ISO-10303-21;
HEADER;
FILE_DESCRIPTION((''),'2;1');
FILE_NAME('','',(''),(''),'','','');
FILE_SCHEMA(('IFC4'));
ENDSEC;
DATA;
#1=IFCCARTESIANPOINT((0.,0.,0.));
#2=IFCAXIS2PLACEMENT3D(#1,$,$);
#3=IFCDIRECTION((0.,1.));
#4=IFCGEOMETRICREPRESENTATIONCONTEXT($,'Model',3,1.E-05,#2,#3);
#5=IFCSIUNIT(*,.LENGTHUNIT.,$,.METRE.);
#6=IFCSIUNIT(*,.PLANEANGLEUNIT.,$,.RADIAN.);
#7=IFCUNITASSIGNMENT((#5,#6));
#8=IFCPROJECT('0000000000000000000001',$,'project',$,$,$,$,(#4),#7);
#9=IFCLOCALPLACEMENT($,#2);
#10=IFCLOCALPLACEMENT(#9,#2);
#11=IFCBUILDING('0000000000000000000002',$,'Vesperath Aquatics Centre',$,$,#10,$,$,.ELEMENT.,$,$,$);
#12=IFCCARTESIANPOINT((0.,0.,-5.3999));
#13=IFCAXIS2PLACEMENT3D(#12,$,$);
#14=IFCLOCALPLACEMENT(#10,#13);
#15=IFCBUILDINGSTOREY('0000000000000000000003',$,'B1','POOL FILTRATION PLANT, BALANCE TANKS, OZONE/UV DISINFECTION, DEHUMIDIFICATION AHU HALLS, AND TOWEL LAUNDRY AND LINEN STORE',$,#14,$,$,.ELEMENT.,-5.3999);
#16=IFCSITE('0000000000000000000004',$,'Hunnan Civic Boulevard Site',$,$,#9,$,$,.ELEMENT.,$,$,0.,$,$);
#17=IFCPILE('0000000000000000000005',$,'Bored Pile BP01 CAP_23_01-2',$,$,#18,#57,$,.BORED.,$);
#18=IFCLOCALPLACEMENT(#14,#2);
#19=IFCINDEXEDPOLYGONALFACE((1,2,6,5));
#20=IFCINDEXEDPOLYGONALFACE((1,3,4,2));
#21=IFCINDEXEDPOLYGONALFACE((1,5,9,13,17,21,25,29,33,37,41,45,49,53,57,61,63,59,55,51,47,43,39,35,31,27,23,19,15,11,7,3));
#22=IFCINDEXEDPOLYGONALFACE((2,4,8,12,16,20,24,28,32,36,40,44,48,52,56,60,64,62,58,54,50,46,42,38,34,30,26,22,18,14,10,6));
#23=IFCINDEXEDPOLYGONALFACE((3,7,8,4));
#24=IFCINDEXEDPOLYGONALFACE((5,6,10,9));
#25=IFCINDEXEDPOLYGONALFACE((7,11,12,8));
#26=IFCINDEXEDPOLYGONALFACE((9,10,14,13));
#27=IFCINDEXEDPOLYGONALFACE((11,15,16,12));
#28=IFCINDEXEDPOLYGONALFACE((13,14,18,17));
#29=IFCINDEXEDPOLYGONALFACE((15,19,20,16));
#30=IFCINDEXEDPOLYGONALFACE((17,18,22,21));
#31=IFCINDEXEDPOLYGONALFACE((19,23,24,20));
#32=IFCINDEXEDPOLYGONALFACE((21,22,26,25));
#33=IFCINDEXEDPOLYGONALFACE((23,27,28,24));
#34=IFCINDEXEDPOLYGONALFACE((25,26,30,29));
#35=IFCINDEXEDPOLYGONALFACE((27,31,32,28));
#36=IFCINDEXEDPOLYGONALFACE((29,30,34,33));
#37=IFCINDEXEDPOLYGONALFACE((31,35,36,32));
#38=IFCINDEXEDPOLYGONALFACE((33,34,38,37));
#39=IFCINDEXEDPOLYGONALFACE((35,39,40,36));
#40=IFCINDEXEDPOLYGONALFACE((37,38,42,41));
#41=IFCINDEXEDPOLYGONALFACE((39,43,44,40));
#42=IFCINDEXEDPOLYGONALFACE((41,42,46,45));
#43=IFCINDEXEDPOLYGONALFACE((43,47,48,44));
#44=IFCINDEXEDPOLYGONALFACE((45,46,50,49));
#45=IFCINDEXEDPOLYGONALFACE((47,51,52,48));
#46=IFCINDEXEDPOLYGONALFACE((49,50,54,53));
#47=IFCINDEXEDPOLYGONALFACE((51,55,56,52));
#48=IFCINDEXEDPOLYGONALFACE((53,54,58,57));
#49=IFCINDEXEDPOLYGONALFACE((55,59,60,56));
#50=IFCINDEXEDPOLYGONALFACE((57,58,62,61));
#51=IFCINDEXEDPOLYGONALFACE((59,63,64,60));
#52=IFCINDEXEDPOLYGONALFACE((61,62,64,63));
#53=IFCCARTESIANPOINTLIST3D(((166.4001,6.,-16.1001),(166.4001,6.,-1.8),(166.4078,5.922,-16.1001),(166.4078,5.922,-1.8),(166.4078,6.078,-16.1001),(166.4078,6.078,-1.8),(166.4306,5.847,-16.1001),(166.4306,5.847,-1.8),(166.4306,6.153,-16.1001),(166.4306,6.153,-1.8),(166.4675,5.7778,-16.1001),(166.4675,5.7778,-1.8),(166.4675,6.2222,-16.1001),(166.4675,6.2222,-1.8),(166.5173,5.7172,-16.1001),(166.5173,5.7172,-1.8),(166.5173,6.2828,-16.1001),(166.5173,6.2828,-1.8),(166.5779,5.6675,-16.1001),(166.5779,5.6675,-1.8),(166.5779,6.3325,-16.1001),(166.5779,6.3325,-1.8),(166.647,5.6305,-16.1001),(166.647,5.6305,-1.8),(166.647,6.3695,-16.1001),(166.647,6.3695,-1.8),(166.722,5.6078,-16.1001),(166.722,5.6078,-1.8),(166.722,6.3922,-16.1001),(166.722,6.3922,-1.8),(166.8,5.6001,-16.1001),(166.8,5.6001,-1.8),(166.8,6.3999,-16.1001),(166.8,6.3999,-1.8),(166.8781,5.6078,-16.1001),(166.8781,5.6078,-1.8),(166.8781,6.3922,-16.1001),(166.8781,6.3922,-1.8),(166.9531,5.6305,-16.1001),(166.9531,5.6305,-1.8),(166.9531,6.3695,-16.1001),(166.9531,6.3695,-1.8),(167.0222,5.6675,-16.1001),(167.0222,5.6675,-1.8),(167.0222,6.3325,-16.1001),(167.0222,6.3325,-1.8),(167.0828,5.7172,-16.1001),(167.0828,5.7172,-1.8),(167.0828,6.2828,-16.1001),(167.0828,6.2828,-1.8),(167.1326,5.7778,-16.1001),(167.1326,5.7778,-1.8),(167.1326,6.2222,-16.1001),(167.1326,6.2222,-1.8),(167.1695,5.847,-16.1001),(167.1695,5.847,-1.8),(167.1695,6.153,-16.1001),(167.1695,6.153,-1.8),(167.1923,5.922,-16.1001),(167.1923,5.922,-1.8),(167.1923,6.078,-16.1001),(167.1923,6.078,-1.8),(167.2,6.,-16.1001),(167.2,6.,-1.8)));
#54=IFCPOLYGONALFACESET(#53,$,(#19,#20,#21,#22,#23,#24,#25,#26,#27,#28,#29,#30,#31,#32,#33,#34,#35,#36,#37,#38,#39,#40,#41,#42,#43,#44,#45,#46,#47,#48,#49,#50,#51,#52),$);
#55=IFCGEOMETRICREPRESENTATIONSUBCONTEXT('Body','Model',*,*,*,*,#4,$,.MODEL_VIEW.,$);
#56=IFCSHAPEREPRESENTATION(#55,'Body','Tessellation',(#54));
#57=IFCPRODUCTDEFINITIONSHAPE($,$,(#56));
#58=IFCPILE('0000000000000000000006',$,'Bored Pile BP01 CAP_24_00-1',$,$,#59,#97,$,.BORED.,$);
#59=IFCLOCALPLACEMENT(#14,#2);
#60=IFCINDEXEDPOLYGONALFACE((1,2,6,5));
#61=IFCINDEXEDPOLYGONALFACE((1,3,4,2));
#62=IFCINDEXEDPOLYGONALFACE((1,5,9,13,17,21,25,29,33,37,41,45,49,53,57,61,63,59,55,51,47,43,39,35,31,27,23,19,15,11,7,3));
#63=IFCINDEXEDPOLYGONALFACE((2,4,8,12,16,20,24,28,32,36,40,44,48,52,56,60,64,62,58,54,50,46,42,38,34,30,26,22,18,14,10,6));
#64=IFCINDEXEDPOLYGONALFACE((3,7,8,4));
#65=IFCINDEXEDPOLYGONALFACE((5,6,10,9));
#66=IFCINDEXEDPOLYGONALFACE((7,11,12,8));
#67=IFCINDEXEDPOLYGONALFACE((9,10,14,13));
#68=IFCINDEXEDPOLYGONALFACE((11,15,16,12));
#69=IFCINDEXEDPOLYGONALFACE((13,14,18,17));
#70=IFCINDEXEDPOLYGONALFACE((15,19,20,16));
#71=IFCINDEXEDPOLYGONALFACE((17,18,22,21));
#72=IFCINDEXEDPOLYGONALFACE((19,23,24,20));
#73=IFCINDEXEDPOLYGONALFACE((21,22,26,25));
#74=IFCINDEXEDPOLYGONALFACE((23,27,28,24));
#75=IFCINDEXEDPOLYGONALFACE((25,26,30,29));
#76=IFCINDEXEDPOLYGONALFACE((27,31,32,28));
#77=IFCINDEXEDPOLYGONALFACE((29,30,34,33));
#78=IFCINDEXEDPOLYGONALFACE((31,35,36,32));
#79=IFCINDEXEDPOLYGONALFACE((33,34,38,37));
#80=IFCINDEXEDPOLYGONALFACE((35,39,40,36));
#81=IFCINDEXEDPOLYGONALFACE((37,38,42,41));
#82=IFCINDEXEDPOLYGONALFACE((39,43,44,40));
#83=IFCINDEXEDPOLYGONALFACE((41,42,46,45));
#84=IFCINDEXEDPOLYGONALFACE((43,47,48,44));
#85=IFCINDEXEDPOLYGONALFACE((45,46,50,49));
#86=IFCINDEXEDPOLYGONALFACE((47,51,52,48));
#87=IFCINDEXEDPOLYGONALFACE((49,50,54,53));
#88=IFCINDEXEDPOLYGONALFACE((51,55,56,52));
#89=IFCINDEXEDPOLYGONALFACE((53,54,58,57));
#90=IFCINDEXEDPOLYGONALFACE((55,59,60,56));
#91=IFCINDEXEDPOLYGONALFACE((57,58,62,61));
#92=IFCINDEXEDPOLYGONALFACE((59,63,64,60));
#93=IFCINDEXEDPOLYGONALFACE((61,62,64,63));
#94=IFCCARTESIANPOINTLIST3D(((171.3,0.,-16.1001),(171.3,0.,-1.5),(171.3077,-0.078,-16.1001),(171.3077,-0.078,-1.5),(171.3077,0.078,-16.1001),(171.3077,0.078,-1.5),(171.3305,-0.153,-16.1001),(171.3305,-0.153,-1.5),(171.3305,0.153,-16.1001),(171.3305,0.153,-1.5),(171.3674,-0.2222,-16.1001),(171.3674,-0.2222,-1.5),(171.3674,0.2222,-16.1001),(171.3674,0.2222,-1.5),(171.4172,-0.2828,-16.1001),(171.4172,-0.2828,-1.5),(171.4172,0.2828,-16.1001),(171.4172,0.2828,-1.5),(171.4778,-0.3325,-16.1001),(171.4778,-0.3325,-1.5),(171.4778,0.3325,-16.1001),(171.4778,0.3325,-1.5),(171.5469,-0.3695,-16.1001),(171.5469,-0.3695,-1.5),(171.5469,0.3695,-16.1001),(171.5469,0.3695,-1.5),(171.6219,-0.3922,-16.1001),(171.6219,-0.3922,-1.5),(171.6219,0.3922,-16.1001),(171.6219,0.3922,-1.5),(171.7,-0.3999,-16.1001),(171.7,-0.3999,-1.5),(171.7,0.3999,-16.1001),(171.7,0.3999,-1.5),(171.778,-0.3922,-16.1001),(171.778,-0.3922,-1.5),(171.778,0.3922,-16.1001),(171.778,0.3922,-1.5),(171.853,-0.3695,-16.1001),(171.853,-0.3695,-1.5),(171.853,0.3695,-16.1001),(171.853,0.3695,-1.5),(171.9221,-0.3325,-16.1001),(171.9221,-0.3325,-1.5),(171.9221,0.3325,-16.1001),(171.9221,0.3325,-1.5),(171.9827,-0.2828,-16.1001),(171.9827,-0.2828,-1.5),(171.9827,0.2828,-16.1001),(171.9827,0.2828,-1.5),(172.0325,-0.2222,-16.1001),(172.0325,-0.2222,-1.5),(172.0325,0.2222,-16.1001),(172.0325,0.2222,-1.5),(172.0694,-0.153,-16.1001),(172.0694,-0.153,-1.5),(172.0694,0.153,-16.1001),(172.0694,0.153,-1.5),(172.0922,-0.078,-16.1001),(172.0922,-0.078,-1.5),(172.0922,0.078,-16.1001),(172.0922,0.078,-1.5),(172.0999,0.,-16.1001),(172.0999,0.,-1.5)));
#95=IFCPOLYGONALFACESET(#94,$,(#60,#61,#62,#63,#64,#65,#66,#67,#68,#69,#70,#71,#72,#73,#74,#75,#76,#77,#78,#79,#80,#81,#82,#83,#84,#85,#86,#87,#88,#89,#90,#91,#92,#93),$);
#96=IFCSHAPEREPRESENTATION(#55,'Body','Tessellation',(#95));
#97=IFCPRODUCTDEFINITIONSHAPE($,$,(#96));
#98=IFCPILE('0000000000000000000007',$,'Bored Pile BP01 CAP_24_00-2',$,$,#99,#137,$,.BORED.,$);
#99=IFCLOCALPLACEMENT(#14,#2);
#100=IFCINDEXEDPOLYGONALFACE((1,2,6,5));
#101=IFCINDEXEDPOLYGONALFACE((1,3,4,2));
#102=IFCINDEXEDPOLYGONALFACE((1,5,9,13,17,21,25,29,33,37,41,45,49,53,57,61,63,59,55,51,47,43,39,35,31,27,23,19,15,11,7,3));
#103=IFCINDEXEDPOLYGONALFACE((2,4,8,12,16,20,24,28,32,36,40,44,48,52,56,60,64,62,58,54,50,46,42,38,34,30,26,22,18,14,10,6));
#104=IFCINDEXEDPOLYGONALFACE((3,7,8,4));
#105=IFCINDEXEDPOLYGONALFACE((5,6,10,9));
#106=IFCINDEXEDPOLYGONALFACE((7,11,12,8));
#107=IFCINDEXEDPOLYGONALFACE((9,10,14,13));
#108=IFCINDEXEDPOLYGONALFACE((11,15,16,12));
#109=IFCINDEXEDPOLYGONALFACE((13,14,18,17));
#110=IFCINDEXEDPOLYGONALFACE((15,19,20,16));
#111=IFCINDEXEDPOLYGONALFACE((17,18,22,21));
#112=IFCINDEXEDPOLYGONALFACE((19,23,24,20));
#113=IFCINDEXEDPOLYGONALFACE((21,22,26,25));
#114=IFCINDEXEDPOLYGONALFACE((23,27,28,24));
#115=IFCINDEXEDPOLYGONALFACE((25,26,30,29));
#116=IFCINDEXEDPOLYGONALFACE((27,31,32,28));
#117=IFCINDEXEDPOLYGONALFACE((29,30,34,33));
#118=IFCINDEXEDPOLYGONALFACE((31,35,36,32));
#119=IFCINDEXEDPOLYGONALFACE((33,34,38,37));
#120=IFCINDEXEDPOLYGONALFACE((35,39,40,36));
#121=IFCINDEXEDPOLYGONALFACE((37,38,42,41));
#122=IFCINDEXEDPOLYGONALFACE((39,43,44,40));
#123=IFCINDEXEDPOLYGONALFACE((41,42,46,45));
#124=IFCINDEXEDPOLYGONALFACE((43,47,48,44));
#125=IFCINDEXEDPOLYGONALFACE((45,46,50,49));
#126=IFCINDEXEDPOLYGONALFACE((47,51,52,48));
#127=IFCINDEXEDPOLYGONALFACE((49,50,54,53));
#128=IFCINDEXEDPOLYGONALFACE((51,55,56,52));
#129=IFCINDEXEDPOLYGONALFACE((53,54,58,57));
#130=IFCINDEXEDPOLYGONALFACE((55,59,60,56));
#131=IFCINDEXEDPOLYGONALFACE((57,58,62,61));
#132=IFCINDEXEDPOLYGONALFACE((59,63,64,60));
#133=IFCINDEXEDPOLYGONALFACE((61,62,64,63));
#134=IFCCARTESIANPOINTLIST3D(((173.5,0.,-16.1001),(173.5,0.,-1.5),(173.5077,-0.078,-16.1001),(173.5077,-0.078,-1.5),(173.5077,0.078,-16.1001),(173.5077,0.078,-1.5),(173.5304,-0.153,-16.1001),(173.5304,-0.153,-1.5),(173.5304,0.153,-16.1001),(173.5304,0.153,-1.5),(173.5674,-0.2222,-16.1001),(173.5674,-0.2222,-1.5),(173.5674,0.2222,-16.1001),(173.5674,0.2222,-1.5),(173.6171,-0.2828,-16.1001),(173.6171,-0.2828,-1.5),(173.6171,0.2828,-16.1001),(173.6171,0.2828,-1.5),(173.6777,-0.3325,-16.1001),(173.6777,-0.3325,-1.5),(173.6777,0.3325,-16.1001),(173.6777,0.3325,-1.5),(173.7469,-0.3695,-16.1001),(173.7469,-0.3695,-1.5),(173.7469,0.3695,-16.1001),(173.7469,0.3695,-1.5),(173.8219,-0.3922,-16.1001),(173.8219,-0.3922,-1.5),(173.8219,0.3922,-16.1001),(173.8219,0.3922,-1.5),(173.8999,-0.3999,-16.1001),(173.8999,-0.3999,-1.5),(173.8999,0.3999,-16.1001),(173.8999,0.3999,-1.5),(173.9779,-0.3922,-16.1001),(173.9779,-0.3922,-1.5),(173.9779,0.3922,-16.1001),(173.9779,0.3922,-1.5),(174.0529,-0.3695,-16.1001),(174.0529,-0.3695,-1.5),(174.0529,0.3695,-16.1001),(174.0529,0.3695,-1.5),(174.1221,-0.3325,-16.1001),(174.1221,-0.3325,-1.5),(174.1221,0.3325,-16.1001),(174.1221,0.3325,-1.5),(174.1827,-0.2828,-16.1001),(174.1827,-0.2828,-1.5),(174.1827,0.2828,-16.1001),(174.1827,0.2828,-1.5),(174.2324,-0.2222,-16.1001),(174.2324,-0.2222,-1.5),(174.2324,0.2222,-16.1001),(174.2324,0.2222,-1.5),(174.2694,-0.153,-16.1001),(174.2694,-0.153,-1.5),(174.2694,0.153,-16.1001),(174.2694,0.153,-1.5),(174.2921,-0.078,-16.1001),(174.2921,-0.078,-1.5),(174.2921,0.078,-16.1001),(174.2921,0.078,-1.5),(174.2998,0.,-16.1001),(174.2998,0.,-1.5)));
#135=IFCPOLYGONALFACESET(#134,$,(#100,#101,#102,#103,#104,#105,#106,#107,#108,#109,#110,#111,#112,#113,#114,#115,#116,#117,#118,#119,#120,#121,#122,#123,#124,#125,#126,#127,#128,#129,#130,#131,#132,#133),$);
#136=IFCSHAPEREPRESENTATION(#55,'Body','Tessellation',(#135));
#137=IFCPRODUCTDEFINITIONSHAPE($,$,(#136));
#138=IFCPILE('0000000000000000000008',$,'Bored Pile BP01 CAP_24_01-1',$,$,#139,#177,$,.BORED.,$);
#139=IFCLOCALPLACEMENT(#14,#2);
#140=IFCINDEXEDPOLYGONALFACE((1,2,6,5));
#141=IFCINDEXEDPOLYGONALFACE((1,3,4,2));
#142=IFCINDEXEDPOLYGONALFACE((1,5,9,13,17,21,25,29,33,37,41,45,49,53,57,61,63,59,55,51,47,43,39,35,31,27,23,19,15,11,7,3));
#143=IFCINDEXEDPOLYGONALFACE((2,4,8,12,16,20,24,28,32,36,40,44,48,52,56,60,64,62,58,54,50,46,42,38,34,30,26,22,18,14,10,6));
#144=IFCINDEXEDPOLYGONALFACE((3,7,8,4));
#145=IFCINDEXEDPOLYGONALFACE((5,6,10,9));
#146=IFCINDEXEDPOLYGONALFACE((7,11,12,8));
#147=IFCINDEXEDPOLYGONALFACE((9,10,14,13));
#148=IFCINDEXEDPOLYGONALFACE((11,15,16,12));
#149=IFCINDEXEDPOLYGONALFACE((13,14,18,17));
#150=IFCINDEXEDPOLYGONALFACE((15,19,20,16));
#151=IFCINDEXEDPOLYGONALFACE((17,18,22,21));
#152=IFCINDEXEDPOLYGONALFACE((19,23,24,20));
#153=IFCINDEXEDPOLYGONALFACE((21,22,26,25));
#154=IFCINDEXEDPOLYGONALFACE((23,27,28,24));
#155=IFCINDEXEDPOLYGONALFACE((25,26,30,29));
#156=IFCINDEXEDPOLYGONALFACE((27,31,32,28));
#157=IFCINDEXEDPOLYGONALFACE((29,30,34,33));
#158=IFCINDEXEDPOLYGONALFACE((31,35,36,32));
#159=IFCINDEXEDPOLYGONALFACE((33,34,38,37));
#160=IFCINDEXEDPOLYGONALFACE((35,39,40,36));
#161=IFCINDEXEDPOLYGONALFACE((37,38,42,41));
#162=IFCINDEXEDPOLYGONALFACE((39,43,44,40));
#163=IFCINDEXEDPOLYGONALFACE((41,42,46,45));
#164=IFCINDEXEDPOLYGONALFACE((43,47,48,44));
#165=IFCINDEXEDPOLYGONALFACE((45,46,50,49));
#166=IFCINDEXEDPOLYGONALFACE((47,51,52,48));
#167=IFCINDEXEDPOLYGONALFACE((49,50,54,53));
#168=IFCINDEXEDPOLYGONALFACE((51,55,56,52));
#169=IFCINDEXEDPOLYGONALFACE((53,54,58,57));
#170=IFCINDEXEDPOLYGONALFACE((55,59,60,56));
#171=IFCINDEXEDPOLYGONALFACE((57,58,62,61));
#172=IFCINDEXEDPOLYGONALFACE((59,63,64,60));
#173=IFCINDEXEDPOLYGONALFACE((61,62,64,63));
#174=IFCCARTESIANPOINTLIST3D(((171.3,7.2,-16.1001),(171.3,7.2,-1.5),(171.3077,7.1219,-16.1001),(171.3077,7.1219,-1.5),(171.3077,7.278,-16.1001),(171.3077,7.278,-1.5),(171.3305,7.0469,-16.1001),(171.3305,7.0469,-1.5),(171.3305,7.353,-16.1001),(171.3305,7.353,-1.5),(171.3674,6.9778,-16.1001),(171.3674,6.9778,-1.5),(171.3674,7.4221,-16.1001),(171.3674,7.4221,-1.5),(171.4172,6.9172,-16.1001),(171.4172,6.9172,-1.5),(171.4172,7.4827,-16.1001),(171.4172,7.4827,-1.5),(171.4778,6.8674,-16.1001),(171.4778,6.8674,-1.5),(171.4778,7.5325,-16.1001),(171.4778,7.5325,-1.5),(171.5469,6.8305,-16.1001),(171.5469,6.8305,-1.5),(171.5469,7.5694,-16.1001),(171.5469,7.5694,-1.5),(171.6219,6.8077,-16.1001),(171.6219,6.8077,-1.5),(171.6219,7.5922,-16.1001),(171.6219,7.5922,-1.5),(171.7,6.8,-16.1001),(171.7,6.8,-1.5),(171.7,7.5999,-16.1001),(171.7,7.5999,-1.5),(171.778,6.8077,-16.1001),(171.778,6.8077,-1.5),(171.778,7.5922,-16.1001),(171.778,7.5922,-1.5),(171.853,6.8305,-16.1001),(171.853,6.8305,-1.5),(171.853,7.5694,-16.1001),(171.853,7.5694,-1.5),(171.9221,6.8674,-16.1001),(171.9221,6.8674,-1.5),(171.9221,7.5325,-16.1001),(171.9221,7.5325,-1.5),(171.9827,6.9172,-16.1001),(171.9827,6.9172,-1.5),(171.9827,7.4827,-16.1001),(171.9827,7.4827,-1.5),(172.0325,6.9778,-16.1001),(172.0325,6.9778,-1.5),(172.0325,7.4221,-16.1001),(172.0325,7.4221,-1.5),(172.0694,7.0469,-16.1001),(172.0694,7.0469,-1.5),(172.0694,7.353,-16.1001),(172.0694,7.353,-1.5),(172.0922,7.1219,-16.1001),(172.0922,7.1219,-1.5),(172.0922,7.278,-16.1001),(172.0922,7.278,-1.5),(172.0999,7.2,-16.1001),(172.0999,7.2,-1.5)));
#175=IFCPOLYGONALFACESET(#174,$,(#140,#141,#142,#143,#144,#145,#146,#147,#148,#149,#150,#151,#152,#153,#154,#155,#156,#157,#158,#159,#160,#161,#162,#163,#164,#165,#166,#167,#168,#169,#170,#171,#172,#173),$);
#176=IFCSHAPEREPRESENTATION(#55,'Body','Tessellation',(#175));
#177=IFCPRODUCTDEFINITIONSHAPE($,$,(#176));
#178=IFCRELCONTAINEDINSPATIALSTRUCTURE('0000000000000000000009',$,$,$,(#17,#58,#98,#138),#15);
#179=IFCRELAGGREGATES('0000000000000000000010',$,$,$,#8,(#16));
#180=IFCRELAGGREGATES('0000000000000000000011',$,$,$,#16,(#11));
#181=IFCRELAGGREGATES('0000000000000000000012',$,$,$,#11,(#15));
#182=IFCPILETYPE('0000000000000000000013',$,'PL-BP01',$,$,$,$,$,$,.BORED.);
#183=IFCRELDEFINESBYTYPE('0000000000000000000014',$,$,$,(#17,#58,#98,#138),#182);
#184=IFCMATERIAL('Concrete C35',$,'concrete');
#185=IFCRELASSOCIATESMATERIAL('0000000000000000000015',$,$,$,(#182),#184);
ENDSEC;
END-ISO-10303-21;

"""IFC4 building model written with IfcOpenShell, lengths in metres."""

from ifc_helpers import new_model, si_unit, direction, frame, origin, origin_2d, place, context, subcontext, project, spatial, circle, extrude, material, material_profile, profile_set, type_object, element, save


model = new_model("IFC4")

# Units and contexts
model_context = context("Model", 3, precision=1e-05, world=origin(), true_north=direction((0.0, 1.0)))
body_context = subcontext(model_context, "Body", "Model", "MODEL_VIEW")
ifc_project = project(units=[si_unit("LENGTHUNIT", "METRE"), si_unit("PLANEANGLEUNIT", "RADIAN")], contexts=[model_context])

# Site, building, storey
site_placement = place(None, origin())
site = spatial("IfcSite", under=ifc_project, at=site_placement, Name="Hunnan Civic Boulevard Site", CompositionType="ELEMENT", RefElevation=0.0)
building_placement = place(site_placement, origin())
building = spatial("IfcBuilding", under=site, at=building_placement, Name="Vesperath Aquatics Centre", CompositionType="ELEMENT")
storey_placement = place(building_placement, frame((0.0, 0.0, -5.3999)))
storey = spatial("IfcBuildingStorey", under=building, at=storey_placement, Name="B1", Description="POOL FILTRATION PLANT, BALANCE TANKS, OZONE/UV DISINFECTION, DEHUMIDIFICATION AHU HALLS, AND TOWEL LAUNDRY AND LINEN STORE", CompositionType="ELEMENT", Elevation=-5.3999)

# Piles
ifc_material_1 = material(Name="Concrete C35", Category="concrete")
ifc_material_profile_1 = material_profile(ifc_material_1, circle(Radius=0.3999, at=origin_2d()), Name="PILE D800")
ifc_profile_set_1 = profile_set([ifc_material_profile_1], Name="Concrete C35")
pile_type = type_object("IfcPileType", Name="PL-BP01", PredefinedType="BORED", material=ifc_profile_set_1)
for number, where, z_axis, x_axis, name in (
    (1, (166.8, 6.0, -1.8), (0.0, 0.0, -1.0), (1.0, 0.0, 0.0), "Bored Pile BP01 CAP_23_01-2"),
):
    element("IfcPile", number, at=place(storey_placement, frame(where, z_axis=z_axis, x_axis=x_axis)), inside=storey, type_object=pile_type, Name=name, PredefinedType="BORED", context=body_context, shape_type="SweptSolid", body=[
        extrude(circle(Radius=0.3999, at=origin_2d()), origin(), (0.0, 0.0, 1.0), 14.3),
    ])
for number, where, z_axis, x_axis, name in (
    (2, (171.7, 0.0, -1.5), (0.0, 0.0, -1.0), (1.0, 0.0, 0.0), "Bored Pile BP01 CAP_24_00-1"),
    (3, (173.8999, 0.0, -1.5), (0.0, 0.0, -1.0), (1.0, 0.0, 0.0), "Bored Pile BP01 CAP_24_00-2"),
    (4, (171.7, 7.2, -1.5), (0.0, 0.0, -1.0), (1.0, 0.0, 0.0), "Bored Pile BP01 CAP_24_01-1"),
):
    element("IfcPile", number, at=place(storey_placement, frame(where, z_axis=z_axis, x_axis=x_axis)), inside=storey, type_object=pile_type, Name=name, PredefinedType="BORED", context=body_context, shape_type="SweptSolid", body=[
        extrude(circle(Radius=0.3999, at=origin_2d()), origin(), (0.0, 0.0, 1.0), 14.6001),
    ])

save(model, "model.ifc")
